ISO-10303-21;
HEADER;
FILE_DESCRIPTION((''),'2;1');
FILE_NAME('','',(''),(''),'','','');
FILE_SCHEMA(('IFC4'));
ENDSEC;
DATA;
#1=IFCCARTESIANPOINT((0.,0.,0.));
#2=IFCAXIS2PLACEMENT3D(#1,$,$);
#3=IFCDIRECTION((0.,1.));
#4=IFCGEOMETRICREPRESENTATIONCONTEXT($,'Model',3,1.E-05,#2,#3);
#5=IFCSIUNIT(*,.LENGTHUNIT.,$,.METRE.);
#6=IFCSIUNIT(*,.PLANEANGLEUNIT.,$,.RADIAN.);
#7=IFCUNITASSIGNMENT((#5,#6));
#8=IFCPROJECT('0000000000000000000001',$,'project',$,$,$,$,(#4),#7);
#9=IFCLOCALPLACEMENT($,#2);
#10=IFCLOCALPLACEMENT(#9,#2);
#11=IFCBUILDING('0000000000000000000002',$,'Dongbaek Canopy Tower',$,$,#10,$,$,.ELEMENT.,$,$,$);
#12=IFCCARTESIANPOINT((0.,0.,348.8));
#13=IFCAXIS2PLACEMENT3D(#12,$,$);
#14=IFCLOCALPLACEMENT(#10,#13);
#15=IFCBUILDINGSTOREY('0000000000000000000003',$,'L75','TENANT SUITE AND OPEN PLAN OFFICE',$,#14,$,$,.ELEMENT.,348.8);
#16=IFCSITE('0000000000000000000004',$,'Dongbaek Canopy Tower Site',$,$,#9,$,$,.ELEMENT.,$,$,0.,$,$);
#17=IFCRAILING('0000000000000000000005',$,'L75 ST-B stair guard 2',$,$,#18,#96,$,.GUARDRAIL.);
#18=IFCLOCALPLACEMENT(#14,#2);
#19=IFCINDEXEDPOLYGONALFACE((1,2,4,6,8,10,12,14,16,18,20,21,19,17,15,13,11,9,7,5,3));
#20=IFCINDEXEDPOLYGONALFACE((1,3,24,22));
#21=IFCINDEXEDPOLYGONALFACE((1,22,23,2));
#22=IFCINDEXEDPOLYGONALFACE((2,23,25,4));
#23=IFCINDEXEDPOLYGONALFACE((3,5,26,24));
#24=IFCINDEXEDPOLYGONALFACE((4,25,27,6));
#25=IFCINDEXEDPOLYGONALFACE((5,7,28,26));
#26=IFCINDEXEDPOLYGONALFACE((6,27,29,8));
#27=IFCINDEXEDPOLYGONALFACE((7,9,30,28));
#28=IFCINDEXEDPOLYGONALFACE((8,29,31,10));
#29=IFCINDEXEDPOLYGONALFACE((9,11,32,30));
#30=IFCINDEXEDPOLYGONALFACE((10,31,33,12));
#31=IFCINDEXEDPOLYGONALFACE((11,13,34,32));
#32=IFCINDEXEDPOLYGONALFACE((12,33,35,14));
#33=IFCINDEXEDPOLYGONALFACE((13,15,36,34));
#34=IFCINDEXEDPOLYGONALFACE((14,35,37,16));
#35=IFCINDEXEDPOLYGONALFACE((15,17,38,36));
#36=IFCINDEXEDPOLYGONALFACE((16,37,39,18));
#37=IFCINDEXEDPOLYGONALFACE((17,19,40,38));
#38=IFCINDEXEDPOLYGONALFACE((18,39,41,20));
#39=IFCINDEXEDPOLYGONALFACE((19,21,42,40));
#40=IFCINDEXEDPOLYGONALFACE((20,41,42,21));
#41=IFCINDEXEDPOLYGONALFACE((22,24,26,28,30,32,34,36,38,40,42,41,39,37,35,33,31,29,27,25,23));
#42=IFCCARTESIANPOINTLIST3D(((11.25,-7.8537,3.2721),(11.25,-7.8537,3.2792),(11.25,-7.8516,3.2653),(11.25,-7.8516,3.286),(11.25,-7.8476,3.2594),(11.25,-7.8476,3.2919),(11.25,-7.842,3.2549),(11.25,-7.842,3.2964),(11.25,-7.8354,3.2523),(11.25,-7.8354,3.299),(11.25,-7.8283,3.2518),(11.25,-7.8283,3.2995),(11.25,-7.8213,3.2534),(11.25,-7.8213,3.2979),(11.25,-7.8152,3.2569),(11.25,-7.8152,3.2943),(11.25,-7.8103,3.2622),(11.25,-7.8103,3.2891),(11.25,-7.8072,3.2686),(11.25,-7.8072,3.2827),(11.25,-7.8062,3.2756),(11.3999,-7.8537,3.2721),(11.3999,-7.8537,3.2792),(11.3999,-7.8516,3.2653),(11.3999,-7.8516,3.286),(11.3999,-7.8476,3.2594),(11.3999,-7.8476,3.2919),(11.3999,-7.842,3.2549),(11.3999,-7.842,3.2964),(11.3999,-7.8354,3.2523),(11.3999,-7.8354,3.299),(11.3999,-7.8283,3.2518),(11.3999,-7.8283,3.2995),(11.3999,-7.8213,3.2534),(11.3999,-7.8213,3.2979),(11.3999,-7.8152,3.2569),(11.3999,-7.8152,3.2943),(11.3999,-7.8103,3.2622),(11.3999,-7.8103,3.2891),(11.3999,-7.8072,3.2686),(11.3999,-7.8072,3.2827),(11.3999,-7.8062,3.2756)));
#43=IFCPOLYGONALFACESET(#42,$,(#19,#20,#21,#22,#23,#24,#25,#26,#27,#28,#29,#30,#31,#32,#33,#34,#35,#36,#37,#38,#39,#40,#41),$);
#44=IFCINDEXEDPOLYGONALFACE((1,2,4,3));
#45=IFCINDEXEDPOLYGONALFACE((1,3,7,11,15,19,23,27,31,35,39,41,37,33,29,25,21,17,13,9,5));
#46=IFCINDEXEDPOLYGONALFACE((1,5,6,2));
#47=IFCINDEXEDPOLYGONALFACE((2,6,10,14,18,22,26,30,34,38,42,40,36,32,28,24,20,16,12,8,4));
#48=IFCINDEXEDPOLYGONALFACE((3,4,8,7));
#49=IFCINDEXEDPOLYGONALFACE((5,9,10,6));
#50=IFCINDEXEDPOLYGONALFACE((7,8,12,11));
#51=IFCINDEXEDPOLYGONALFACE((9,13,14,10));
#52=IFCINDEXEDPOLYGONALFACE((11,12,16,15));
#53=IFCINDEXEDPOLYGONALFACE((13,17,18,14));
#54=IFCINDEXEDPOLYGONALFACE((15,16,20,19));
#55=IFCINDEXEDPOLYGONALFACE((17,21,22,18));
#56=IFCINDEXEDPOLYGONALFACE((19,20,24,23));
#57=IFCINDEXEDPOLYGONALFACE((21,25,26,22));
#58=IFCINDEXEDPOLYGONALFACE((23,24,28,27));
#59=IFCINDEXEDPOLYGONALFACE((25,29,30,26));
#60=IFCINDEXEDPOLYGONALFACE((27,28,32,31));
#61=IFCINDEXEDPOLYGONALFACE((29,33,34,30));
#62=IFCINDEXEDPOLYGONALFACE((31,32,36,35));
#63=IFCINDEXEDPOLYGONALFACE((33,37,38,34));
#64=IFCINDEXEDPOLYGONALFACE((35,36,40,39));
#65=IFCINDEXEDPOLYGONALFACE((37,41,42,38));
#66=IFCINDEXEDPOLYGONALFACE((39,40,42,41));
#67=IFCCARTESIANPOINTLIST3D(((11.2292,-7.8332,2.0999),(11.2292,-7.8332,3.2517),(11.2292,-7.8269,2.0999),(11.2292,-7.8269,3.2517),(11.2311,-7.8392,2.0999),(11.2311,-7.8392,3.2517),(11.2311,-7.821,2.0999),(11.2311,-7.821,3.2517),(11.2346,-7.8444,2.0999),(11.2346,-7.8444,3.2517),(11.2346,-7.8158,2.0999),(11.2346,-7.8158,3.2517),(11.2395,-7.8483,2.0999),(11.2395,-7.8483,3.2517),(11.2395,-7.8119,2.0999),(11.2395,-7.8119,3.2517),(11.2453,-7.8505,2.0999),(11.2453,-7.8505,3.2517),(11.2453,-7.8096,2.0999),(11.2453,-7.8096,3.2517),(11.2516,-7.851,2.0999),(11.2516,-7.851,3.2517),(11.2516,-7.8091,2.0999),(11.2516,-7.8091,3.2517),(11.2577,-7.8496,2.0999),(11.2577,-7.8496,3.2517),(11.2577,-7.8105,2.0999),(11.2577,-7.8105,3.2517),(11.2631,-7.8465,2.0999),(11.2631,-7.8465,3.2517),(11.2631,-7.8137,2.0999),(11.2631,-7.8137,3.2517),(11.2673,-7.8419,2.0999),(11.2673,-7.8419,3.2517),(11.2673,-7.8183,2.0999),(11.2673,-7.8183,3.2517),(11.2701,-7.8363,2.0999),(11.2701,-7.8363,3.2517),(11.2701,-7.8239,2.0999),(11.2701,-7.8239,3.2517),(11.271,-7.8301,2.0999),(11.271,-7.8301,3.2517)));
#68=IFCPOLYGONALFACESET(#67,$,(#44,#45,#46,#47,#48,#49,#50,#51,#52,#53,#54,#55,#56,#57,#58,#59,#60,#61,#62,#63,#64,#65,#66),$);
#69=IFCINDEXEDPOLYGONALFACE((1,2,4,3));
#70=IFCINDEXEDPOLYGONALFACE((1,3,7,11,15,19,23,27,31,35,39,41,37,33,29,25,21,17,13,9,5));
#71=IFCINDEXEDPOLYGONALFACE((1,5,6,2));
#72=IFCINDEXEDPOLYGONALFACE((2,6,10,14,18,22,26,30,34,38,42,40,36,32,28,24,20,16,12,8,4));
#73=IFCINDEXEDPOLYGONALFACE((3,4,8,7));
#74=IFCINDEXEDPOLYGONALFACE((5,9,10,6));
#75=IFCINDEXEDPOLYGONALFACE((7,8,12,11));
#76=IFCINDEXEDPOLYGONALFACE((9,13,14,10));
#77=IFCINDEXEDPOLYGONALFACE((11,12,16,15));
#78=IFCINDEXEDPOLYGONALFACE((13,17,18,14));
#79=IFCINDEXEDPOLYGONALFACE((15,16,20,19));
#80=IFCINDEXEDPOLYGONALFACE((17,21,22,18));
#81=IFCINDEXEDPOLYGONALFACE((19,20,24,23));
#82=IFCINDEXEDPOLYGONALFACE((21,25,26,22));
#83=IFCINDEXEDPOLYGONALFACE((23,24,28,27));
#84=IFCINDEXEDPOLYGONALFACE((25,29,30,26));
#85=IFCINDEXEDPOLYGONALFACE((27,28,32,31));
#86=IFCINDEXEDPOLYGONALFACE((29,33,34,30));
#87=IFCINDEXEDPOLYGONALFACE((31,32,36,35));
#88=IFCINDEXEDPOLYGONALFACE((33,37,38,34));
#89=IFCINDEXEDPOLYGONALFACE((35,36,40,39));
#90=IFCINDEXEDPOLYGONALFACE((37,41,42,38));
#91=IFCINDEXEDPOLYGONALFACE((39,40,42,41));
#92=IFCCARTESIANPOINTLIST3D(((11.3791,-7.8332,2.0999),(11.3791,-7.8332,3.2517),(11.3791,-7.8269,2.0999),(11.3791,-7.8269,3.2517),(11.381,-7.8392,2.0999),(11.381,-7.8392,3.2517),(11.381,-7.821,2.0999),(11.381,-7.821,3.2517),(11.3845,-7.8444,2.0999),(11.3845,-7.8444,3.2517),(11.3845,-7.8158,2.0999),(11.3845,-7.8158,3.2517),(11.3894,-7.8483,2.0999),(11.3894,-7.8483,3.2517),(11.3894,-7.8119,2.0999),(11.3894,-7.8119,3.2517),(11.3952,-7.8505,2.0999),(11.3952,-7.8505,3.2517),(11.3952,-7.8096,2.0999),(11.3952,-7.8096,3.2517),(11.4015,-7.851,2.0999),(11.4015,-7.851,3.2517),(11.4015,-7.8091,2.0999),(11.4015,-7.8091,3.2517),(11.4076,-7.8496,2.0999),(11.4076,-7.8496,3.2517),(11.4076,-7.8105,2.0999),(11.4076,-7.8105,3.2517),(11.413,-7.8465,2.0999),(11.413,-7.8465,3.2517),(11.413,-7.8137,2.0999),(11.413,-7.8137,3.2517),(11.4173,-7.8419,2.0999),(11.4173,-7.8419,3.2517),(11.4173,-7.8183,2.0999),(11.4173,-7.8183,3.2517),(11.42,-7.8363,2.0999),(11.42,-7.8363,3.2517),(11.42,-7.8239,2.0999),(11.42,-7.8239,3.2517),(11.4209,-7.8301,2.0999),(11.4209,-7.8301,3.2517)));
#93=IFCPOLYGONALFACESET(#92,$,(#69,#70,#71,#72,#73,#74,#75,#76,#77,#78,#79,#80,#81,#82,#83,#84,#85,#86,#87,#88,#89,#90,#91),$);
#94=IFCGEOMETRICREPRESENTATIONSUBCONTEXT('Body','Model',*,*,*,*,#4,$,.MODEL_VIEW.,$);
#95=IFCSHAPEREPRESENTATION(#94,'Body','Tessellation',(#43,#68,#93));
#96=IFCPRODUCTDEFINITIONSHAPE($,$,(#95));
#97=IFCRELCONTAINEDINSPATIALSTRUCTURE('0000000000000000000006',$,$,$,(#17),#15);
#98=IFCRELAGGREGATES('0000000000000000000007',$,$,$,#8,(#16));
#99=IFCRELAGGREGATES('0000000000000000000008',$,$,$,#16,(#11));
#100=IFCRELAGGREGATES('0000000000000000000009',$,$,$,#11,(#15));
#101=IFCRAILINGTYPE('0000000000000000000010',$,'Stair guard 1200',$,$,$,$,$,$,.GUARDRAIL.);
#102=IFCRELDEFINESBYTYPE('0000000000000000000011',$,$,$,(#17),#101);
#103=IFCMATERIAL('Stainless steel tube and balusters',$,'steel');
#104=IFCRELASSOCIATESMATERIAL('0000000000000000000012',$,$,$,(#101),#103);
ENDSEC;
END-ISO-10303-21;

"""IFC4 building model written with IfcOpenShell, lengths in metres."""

from ifc_helpers import new_model, si_unit, direction, frame, origin, origin_2d, place, context, subcontext, project, spatial, circle, extrude, material, type_object, element, save


model = new_model("IFC4")

# Units and contexts
model_context = context("Model", 3, precision=1e-05, world=origin(), true_north=direction((0.0, 1.0)))
body_context = subcontext(model_context, "Body", "Model", "MODEL_VIEW")
ifc_project = project(units=[si_unit("LENGTHUNIT", "METRE"), si_unit("PLANEANGLEUNIT", "RADIAN")], contexts=[model_context])

# Site, building, storey
site_placement = place(None, origin())
site = spatial("IfcSite", under=ifc_project, at=site_placement, Name="Dongbaek Canopy Tower Site", CompositionType="ELEMENT", RefElevation=0.0)
building_placement = place(site_placement, origin())
building = spatial("IfcBuilding", under=site, at=building_placement, Name="Dongbaek Canopy Tower", CompositionType="ELEMENT")
storey_placement = place(building_placement, frame((0.0, 0.0, 348.8)))
storey = spatial("IfcBuildingStorey", under=building, at=storey_placement, Name="L75", Description="TENANT SUITE AND OPEN PLAN OFFICE", CompositionType="ELEMENT", Elevation=348.8)

# Railing
ifc_material_1 = material(Name="Stainless steel tube and balusters", Category="steel")
railing_type_1 = type_object("IfcRailingType", Name="Stair guard 1200", PredefinedType="GUARDRAIL", material=ifc_material_1)
railing_1_placement = place(storey_placement, frame((11.25, -7.8301, 2.0999)))
element("IfcRailing", 1, at=railing_1_placement, inside=storey, type_object=railing_type_1, Name="L75 ST-B stair guard 2", PredefinedType="GUARDRAIL", context=body_context, shape_type="SweptSolid", body=[
    extrude(circle(Radius=0.0239, at=origin_2d()), frame((0.0, 0.0, 1.1758), z_axis=(1.0, 0.0, 0.0), x_axis=(0.0, 1.0, 0.0)), (0.0, 0.0, 1.0), 0.1499),
    extrude(circle(Radius=0.021, at=origin_2d()), origin(), (0.0, 0.0, 1.0), 1.1519),
    extrude(circle(Radius=0.021, at=origin_2d()), frame((0.1499, 0.0, 0.0)), (0.0, 0.0, 1.0), 1.1519),
])

save(model, "model.ifc")
